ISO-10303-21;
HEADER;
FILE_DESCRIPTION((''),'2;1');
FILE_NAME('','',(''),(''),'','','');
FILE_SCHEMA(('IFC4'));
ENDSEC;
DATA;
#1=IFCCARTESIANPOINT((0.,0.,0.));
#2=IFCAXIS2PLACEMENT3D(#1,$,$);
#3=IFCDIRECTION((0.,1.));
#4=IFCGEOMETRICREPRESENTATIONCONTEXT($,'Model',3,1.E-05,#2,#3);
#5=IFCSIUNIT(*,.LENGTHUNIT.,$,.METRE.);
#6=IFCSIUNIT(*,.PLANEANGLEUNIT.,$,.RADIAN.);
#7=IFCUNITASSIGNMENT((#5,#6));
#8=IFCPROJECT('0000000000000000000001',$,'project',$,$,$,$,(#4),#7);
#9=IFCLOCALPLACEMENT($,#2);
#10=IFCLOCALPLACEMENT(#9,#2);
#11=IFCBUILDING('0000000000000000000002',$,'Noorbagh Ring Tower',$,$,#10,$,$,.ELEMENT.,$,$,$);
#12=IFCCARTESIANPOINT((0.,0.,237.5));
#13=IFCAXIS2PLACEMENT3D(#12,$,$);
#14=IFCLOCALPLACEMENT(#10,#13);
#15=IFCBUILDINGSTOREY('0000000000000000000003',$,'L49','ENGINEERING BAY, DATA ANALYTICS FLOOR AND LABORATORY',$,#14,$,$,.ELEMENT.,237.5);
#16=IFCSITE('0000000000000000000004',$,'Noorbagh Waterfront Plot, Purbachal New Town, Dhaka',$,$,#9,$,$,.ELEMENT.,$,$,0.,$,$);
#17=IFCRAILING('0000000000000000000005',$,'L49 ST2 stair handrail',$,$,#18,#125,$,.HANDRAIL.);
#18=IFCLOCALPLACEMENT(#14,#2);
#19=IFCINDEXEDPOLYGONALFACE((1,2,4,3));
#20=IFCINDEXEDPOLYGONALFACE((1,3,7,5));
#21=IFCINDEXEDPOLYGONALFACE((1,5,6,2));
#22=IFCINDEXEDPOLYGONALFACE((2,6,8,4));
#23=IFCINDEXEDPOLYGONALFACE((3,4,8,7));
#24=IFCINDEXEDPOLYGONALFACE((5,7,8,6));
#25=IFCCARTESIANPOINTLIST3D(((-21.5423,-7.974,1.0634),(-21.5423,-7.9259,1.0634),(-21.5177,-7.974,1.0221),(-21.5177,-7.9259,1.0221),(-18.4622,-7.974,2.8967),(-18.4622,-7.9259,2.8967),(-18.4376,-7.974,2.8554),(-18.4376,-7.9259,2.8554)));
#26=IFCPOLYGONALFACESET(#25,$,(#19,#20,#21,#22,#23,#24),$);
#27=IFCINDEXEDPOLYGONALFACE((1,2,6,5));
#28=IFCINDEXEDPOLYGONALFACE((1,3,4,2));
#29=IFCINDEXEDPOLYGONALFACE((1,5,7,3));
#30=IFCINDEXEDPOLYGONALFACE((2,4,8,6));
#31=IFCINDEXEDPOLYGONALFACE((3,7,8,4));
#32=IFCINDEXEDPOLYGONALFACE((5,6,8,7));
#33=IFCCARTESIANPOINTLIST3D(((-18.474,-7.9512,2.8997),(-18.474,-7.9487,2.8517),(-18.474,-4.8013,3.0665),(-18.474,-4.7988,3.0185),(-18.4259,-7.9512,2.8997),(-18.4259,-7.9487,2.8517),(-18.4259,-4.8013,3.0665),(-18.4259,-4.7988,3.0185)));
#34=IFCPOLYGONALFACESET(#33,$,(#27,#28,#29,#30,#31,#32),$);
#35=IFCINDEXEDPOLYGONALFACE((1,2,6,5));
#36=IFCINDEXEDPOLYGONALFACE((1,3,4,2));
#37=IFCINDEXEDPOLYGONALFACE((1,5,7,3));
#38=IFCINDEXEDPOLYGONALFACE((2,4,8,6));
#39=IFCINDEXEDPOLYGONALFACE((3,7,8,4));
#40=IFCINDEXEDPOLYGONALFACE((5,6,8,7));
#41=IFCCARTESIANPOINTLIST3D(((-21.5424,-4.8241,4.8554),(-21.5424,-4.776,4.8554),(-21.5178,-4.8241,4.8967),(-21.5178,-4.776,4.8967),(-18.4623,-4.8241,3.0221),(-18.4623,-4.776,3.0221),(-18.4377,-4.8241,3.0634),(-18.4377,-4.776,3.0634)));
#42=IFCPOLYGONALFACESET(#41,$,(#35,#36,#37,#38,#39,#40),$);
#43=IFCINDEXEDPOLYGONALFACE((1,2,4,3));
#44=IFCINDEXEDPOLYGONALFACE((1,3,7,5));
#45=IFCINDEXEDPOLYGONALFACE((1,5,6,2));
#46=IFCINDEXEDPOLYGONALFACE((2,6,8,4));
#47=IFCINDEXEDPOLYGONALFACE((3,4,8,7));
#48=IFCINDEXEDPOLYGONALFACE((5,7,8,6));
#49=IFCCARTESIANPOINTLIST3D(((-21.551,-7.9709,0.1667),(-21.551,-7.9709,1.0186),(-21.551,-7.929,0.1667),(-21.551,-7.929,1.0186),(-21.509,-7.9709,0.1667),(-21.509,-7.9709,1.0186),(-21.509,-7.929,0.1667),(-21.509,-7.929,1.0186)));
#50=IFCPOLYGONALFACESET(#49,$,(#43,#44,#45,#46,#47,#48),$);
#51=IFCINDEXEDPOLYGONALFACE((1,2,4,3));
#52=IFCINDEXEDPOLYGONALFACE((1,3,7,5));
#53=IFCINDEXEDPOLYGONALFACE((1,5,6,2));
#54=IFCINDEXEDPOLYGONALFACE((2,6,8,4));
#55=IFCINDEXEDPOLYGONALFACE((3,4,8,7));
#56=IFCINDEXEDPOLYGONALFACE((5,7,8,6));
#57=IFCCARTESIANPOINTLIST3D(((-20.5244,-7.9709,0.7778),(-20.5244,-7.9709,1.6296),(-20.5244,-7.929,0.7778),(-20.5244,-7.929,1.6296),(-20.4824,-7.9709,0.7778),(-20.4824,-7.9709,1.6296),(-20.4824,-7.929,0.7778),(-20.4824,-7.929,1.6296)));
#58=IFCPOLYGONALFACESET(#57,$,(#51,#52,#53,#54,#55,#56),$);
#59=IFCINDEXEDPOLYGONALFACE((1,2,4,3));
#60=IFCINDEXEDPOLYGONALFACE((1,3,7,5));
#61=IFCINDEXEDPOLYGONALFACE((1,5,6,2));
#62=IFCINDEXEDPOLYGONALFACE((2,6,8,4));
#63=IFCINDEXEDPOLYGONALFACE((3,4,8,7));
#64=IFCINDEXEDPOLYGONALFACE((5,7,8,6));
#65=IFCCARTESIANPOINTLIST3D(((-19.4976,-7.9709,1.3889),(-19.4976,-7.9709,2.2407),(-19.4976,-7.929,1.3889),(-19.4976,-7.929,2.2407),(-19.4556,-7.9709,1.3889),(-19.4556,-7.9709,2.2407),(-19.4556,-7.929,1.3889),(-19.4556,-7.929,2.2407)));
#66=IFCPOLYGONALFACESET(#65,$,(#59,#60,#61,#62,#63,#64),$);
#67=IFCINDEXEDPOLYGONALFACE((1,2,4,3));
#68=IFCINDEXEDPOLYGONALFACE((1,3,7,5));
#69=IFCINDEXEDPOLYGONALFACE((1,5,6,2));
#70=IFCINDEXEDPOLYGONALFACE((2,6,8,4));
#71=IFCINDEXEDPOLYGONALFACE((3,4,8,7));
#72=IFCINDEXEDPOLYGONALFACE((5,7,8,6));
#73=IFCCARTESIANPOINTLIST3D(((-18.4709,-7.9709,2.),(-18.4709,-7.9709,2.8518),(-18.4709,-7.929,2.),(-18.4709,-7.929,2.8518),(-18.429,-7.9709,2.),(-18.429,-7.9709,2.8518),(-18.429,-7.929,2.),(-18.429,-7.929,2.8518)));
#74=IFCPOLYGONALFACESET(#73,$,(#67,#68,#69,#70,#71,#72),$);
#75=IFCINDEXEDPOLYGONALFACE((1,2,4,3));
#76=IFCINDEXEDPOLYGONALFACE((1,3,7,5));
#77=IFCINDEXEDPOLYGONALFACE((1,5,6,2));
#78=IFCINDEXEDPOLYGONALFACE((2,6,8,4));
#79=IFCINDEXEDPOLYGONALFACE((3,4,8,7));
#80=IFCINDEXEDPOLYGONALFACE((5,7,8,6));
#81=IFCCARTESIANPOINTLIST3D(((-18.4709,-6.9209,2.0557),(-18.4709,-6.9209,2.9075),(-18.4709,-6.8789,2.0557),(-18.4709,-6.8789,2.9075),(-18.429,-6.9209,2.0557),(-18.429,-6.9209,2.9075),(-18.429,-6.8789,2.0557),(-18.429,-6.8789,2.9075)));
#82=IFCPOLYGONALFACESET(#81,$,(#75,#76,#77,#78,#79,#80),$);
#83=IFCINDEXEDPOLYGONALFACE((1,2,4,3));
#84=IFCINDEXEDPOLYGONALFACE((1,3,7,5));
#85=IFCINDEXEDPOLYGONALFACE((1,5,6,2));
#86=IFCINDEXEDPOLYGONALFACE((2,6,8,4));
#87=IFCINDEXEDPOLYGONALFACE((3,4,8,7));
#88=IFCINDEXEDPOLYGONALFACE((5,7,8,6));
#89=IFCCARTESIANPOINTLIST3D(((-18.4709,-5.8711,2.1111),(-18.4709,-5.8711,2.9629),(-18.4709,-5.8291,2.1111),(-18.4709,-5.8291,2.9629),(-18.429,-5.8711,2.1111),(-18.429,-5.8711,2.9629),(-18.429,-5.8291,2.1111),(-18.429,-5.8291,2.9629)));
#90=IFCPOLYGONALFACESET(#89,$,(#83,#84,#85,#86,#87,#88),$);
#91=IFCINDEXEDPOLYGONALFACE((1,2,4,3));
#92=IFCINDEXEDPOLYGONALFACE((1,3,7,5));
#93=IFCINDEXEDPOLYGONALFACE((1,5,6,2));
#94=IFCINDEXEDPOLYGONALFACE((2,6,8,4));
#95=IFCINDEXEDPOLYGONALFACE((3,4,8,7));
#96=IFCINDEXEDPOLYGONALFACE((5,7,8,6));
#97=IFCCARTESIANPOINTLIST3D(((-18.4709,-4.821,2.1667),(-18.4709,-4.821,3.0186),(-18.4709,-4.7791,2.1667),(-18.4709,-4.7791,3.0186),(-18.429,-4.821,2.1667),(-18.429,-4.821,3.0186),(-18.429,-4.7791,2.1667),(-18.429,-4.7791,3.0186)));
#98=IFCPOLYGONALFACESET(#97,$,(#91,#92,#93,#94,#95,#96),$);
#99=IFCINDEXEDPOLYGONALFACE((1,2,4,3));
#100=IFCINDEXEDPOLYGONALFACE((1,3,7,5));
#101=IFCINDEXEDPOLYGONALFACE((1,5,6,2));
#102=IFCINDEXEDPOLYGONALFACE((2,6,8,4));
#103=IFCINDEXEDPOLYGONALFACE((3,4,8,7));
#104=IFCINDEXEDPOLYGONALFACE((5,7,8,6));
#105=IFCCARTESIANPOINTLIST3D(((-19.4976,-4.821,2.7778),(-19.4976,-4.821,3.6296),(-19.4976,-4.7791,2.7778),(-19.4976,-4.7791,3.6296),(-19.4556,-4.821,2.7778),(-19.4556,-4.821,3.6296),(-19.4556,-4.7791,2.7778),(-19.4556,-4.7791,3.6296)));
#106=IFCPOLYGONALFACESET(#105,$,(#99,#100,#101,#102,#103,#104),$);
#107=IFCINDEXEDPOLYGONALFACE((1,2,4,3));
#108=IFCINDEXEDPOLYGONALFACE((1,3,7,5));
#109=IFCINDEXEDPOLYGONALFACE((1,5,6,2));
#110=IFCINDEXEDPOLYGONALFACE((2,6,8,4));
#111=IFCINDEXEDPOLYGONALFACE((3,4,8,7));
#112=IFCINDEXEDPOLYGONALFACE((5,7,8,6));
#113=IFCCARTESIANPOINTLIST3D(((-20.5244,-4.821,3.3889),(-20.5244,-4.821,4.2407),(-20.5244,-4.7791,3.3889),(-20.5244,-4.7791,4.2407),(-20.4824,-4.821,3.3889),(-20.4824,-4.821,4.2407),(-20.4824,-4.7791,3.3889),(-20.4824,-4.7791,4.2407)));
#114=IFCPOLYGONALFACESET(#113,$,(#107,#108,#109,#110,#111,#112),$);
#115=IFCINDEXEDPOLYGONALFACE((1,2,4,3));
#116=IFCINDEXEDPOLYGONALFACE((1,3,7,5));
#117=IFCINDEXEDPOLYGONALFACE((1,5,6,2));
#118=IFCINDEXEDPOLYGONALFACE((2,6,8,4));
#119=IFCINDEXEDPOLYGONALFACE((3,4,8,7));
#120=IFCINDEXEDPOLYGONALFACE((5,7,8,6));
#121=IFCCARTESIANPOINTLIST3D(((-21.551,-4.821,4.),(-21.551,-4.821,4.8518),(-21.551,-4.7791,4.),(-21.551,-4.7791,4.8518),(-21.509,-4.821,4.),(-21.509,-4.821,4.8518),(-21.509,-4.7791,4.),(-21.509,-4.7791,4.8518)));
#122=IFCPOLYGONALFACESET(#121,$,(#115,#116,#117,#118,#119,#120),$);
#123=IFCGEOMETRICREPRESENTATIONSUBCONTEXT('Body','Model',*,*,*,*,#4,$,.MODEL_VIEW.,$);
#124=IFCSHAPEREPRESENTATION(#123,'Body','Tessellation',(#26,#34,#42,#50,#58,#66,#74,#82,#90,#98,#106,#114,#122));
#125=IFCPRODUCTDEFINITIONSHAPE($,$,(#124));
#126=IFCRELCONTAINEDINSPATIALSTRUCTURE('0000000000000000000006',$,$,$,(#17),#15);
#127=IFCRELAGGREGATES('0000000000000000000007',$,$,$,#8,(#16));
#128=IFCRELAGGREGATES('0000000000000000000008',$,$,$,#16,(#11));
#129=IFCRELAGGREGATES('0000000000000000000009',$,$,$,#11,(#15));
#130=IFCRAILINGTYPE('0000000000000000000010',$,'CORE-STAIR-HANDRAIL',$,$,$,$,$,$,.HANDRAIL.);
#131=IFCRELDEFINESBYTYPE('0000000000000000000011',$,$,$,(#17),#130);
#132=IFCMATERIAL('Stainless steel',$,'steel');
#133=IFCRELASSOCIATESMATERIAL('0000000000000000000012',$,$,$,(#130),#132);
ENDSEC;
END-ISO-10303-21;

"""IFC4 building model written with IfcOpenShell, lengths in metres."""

from ifc_helpers import new_model, si_unit, direction, frame, origin, origin_2d, place, context, subcontext, project, spatial, rectangle, extrude, material, type_object, element, save


model = new_model("IFC4")

# Units and contexts
model_context = context("Model", 3, precision=1e-05, world=origin(), true_north=direction((0.0, 1.0)))
body_context = subcontext(model_context, "Body", "Model", "MODEL_VIEW")
ifc_project = project(units=[si_unit("LENGTHUNIT", "METRE"), si_unit("PLANEANGLEUNIT", "RADIAN")], contexts=[model_context])

# Site, building, storey
site_placement = place(None, origin())
site = spatial("IfcSite", under=ifc_project, at=site_placement, Name="Noorbagh Waterfront Plot, Purbachal New Town, Dhaka", CompositionType="ELEMENT", RefElevation=0.0)
building_placement = place(site_placement, origin())
building = spatial("IfcBuilding", under=site, at=building_placement, Name="Noorbagh Ring Tower", CompositionType="ELEMENT")
storey_placement = place(building_placement, frame((0.0, 0.0, 237.5)))
storey = spatial("IfcBuildingStorey", under=building, at=storey_placement, Name="L49", Description="ENGINEERING BAY, DATA ANALYTICS FLOOR AND LABORATORY", CompositionType="ELEMENT", Elevation=237.5)

# Railing
ifc_material_1 = material(Name="Stainless steel", Category="steel")
railing_type_1 = type_object("IfcRailingType", Name="CORE-STAIR-HANDRAIL", PredefinedType="HANDRAIL", material=ifc_material_1)
railing_1_placement = place(storey_placement, frame((-21.53, -7.95, 0.1667)))
element("IfcRailing", 1, at=railing_1_placement, inside=storey, type_object=railing_type_1, Name="L49 ST2 stair handrail", PredefinedType="HANDRAIL", context=body_context, shape_type="SweptSolid", body=[
    extrude(rectangle(XDim=0.0481, YDim=0.0481, at=origin_2d()), frame((0.0, 0.0, 0.876), z_axis=(0.859309, 0.0, 0.511458), x_axis=(0.0, 1.0, 0.0)), (0.0, 0.0, 1.0), 3.5845),
    extrude(rectangle(XDim=0.0481, YDim=0.0481, at=origin_2d()), frame((3.0801, 0.0, 2.709), z_axis=(0.0, 0.998602, 0.052864), x_axis=(-1.0, 0.0, 0.0)), (0.0, 0.0, 1.0), 3.1543),
    extrude(rectangle(XDim=0.0481, YDim=0.0481, at=origin_2d()), frame((3.0801, 3.1499, 2.876), z_axis=(-0.859309, 0.0, 0.511458), x_axis=(0.0, -1.0, 0.0)), (0.0, 0.0, 1.0), 3.5845),
    extrude(rectangle(XDim=0.042, YDim=0.042, at=origin_2d()), origin(), (0.0, 0.0, 1.0), 0.8518),
    extrude(rectangle(XDim=0.042, YDim=0.042, at=origin_2d()), frame((1.0266, 0.0, 0.6111)), (0.0, 0.0, 1.0), 0.8518),
    extrude(rectangle(XDim=0.042, YDim=0.042, at=origin_2d()), frame((2.0535, 0.0, 1.2222)), (0.0, 0.0, 1.0), 0.8518),
    extrude(rectangle(XDim=0.042, YDim=0.042, at=origin_2d()), frame((3.0801, 0.0, 1.8333)), (0.0, 0.0, 1.0), 0.8518),
    extrude(rectangle(XDim=0.042, YDim=0.042, at=origin_2d()), frame((3.0801, 1.05, 1.8889)), (0.0, 0.0, 1.0), 0.8518),
    extrude(rectangle(XDim=0.042, YDim=0.042, at=origin_2d()), frame((3.0801, 2.0999, 1.9443)), (0.0, 0.0, 1.0), 0.8518),
    extrude(rectangle(XDim=0.042, YDim=0.042, at=origin_2d()), frame((3.0801, 3.1499, 2.0)), (0.0, 0.0, 1.0), 0.8518),
    extrude(rectangle(XDim=0.042, YDim=0.042, at=origin_2d()), frame((2.0535, 3.1499, 2.6111)), (0.0, 0.0, 1.0), 0.8518),
    extrude(rectangle(XDim=0.042, YDim=0.042, at=origin_2d()), frame((1.0266, 3.1499, 3.2222)), (0.0, 0.0, 1.0), 0.8518),
    extrude(rectangle(XDim=0.042, YDim=0.042, at=origin_2d()), frame((0.0, 3.1499, 3.8333)), (0.0, 0.0, 1.0), 0.8518),
])

save(model, "model.ifc")
